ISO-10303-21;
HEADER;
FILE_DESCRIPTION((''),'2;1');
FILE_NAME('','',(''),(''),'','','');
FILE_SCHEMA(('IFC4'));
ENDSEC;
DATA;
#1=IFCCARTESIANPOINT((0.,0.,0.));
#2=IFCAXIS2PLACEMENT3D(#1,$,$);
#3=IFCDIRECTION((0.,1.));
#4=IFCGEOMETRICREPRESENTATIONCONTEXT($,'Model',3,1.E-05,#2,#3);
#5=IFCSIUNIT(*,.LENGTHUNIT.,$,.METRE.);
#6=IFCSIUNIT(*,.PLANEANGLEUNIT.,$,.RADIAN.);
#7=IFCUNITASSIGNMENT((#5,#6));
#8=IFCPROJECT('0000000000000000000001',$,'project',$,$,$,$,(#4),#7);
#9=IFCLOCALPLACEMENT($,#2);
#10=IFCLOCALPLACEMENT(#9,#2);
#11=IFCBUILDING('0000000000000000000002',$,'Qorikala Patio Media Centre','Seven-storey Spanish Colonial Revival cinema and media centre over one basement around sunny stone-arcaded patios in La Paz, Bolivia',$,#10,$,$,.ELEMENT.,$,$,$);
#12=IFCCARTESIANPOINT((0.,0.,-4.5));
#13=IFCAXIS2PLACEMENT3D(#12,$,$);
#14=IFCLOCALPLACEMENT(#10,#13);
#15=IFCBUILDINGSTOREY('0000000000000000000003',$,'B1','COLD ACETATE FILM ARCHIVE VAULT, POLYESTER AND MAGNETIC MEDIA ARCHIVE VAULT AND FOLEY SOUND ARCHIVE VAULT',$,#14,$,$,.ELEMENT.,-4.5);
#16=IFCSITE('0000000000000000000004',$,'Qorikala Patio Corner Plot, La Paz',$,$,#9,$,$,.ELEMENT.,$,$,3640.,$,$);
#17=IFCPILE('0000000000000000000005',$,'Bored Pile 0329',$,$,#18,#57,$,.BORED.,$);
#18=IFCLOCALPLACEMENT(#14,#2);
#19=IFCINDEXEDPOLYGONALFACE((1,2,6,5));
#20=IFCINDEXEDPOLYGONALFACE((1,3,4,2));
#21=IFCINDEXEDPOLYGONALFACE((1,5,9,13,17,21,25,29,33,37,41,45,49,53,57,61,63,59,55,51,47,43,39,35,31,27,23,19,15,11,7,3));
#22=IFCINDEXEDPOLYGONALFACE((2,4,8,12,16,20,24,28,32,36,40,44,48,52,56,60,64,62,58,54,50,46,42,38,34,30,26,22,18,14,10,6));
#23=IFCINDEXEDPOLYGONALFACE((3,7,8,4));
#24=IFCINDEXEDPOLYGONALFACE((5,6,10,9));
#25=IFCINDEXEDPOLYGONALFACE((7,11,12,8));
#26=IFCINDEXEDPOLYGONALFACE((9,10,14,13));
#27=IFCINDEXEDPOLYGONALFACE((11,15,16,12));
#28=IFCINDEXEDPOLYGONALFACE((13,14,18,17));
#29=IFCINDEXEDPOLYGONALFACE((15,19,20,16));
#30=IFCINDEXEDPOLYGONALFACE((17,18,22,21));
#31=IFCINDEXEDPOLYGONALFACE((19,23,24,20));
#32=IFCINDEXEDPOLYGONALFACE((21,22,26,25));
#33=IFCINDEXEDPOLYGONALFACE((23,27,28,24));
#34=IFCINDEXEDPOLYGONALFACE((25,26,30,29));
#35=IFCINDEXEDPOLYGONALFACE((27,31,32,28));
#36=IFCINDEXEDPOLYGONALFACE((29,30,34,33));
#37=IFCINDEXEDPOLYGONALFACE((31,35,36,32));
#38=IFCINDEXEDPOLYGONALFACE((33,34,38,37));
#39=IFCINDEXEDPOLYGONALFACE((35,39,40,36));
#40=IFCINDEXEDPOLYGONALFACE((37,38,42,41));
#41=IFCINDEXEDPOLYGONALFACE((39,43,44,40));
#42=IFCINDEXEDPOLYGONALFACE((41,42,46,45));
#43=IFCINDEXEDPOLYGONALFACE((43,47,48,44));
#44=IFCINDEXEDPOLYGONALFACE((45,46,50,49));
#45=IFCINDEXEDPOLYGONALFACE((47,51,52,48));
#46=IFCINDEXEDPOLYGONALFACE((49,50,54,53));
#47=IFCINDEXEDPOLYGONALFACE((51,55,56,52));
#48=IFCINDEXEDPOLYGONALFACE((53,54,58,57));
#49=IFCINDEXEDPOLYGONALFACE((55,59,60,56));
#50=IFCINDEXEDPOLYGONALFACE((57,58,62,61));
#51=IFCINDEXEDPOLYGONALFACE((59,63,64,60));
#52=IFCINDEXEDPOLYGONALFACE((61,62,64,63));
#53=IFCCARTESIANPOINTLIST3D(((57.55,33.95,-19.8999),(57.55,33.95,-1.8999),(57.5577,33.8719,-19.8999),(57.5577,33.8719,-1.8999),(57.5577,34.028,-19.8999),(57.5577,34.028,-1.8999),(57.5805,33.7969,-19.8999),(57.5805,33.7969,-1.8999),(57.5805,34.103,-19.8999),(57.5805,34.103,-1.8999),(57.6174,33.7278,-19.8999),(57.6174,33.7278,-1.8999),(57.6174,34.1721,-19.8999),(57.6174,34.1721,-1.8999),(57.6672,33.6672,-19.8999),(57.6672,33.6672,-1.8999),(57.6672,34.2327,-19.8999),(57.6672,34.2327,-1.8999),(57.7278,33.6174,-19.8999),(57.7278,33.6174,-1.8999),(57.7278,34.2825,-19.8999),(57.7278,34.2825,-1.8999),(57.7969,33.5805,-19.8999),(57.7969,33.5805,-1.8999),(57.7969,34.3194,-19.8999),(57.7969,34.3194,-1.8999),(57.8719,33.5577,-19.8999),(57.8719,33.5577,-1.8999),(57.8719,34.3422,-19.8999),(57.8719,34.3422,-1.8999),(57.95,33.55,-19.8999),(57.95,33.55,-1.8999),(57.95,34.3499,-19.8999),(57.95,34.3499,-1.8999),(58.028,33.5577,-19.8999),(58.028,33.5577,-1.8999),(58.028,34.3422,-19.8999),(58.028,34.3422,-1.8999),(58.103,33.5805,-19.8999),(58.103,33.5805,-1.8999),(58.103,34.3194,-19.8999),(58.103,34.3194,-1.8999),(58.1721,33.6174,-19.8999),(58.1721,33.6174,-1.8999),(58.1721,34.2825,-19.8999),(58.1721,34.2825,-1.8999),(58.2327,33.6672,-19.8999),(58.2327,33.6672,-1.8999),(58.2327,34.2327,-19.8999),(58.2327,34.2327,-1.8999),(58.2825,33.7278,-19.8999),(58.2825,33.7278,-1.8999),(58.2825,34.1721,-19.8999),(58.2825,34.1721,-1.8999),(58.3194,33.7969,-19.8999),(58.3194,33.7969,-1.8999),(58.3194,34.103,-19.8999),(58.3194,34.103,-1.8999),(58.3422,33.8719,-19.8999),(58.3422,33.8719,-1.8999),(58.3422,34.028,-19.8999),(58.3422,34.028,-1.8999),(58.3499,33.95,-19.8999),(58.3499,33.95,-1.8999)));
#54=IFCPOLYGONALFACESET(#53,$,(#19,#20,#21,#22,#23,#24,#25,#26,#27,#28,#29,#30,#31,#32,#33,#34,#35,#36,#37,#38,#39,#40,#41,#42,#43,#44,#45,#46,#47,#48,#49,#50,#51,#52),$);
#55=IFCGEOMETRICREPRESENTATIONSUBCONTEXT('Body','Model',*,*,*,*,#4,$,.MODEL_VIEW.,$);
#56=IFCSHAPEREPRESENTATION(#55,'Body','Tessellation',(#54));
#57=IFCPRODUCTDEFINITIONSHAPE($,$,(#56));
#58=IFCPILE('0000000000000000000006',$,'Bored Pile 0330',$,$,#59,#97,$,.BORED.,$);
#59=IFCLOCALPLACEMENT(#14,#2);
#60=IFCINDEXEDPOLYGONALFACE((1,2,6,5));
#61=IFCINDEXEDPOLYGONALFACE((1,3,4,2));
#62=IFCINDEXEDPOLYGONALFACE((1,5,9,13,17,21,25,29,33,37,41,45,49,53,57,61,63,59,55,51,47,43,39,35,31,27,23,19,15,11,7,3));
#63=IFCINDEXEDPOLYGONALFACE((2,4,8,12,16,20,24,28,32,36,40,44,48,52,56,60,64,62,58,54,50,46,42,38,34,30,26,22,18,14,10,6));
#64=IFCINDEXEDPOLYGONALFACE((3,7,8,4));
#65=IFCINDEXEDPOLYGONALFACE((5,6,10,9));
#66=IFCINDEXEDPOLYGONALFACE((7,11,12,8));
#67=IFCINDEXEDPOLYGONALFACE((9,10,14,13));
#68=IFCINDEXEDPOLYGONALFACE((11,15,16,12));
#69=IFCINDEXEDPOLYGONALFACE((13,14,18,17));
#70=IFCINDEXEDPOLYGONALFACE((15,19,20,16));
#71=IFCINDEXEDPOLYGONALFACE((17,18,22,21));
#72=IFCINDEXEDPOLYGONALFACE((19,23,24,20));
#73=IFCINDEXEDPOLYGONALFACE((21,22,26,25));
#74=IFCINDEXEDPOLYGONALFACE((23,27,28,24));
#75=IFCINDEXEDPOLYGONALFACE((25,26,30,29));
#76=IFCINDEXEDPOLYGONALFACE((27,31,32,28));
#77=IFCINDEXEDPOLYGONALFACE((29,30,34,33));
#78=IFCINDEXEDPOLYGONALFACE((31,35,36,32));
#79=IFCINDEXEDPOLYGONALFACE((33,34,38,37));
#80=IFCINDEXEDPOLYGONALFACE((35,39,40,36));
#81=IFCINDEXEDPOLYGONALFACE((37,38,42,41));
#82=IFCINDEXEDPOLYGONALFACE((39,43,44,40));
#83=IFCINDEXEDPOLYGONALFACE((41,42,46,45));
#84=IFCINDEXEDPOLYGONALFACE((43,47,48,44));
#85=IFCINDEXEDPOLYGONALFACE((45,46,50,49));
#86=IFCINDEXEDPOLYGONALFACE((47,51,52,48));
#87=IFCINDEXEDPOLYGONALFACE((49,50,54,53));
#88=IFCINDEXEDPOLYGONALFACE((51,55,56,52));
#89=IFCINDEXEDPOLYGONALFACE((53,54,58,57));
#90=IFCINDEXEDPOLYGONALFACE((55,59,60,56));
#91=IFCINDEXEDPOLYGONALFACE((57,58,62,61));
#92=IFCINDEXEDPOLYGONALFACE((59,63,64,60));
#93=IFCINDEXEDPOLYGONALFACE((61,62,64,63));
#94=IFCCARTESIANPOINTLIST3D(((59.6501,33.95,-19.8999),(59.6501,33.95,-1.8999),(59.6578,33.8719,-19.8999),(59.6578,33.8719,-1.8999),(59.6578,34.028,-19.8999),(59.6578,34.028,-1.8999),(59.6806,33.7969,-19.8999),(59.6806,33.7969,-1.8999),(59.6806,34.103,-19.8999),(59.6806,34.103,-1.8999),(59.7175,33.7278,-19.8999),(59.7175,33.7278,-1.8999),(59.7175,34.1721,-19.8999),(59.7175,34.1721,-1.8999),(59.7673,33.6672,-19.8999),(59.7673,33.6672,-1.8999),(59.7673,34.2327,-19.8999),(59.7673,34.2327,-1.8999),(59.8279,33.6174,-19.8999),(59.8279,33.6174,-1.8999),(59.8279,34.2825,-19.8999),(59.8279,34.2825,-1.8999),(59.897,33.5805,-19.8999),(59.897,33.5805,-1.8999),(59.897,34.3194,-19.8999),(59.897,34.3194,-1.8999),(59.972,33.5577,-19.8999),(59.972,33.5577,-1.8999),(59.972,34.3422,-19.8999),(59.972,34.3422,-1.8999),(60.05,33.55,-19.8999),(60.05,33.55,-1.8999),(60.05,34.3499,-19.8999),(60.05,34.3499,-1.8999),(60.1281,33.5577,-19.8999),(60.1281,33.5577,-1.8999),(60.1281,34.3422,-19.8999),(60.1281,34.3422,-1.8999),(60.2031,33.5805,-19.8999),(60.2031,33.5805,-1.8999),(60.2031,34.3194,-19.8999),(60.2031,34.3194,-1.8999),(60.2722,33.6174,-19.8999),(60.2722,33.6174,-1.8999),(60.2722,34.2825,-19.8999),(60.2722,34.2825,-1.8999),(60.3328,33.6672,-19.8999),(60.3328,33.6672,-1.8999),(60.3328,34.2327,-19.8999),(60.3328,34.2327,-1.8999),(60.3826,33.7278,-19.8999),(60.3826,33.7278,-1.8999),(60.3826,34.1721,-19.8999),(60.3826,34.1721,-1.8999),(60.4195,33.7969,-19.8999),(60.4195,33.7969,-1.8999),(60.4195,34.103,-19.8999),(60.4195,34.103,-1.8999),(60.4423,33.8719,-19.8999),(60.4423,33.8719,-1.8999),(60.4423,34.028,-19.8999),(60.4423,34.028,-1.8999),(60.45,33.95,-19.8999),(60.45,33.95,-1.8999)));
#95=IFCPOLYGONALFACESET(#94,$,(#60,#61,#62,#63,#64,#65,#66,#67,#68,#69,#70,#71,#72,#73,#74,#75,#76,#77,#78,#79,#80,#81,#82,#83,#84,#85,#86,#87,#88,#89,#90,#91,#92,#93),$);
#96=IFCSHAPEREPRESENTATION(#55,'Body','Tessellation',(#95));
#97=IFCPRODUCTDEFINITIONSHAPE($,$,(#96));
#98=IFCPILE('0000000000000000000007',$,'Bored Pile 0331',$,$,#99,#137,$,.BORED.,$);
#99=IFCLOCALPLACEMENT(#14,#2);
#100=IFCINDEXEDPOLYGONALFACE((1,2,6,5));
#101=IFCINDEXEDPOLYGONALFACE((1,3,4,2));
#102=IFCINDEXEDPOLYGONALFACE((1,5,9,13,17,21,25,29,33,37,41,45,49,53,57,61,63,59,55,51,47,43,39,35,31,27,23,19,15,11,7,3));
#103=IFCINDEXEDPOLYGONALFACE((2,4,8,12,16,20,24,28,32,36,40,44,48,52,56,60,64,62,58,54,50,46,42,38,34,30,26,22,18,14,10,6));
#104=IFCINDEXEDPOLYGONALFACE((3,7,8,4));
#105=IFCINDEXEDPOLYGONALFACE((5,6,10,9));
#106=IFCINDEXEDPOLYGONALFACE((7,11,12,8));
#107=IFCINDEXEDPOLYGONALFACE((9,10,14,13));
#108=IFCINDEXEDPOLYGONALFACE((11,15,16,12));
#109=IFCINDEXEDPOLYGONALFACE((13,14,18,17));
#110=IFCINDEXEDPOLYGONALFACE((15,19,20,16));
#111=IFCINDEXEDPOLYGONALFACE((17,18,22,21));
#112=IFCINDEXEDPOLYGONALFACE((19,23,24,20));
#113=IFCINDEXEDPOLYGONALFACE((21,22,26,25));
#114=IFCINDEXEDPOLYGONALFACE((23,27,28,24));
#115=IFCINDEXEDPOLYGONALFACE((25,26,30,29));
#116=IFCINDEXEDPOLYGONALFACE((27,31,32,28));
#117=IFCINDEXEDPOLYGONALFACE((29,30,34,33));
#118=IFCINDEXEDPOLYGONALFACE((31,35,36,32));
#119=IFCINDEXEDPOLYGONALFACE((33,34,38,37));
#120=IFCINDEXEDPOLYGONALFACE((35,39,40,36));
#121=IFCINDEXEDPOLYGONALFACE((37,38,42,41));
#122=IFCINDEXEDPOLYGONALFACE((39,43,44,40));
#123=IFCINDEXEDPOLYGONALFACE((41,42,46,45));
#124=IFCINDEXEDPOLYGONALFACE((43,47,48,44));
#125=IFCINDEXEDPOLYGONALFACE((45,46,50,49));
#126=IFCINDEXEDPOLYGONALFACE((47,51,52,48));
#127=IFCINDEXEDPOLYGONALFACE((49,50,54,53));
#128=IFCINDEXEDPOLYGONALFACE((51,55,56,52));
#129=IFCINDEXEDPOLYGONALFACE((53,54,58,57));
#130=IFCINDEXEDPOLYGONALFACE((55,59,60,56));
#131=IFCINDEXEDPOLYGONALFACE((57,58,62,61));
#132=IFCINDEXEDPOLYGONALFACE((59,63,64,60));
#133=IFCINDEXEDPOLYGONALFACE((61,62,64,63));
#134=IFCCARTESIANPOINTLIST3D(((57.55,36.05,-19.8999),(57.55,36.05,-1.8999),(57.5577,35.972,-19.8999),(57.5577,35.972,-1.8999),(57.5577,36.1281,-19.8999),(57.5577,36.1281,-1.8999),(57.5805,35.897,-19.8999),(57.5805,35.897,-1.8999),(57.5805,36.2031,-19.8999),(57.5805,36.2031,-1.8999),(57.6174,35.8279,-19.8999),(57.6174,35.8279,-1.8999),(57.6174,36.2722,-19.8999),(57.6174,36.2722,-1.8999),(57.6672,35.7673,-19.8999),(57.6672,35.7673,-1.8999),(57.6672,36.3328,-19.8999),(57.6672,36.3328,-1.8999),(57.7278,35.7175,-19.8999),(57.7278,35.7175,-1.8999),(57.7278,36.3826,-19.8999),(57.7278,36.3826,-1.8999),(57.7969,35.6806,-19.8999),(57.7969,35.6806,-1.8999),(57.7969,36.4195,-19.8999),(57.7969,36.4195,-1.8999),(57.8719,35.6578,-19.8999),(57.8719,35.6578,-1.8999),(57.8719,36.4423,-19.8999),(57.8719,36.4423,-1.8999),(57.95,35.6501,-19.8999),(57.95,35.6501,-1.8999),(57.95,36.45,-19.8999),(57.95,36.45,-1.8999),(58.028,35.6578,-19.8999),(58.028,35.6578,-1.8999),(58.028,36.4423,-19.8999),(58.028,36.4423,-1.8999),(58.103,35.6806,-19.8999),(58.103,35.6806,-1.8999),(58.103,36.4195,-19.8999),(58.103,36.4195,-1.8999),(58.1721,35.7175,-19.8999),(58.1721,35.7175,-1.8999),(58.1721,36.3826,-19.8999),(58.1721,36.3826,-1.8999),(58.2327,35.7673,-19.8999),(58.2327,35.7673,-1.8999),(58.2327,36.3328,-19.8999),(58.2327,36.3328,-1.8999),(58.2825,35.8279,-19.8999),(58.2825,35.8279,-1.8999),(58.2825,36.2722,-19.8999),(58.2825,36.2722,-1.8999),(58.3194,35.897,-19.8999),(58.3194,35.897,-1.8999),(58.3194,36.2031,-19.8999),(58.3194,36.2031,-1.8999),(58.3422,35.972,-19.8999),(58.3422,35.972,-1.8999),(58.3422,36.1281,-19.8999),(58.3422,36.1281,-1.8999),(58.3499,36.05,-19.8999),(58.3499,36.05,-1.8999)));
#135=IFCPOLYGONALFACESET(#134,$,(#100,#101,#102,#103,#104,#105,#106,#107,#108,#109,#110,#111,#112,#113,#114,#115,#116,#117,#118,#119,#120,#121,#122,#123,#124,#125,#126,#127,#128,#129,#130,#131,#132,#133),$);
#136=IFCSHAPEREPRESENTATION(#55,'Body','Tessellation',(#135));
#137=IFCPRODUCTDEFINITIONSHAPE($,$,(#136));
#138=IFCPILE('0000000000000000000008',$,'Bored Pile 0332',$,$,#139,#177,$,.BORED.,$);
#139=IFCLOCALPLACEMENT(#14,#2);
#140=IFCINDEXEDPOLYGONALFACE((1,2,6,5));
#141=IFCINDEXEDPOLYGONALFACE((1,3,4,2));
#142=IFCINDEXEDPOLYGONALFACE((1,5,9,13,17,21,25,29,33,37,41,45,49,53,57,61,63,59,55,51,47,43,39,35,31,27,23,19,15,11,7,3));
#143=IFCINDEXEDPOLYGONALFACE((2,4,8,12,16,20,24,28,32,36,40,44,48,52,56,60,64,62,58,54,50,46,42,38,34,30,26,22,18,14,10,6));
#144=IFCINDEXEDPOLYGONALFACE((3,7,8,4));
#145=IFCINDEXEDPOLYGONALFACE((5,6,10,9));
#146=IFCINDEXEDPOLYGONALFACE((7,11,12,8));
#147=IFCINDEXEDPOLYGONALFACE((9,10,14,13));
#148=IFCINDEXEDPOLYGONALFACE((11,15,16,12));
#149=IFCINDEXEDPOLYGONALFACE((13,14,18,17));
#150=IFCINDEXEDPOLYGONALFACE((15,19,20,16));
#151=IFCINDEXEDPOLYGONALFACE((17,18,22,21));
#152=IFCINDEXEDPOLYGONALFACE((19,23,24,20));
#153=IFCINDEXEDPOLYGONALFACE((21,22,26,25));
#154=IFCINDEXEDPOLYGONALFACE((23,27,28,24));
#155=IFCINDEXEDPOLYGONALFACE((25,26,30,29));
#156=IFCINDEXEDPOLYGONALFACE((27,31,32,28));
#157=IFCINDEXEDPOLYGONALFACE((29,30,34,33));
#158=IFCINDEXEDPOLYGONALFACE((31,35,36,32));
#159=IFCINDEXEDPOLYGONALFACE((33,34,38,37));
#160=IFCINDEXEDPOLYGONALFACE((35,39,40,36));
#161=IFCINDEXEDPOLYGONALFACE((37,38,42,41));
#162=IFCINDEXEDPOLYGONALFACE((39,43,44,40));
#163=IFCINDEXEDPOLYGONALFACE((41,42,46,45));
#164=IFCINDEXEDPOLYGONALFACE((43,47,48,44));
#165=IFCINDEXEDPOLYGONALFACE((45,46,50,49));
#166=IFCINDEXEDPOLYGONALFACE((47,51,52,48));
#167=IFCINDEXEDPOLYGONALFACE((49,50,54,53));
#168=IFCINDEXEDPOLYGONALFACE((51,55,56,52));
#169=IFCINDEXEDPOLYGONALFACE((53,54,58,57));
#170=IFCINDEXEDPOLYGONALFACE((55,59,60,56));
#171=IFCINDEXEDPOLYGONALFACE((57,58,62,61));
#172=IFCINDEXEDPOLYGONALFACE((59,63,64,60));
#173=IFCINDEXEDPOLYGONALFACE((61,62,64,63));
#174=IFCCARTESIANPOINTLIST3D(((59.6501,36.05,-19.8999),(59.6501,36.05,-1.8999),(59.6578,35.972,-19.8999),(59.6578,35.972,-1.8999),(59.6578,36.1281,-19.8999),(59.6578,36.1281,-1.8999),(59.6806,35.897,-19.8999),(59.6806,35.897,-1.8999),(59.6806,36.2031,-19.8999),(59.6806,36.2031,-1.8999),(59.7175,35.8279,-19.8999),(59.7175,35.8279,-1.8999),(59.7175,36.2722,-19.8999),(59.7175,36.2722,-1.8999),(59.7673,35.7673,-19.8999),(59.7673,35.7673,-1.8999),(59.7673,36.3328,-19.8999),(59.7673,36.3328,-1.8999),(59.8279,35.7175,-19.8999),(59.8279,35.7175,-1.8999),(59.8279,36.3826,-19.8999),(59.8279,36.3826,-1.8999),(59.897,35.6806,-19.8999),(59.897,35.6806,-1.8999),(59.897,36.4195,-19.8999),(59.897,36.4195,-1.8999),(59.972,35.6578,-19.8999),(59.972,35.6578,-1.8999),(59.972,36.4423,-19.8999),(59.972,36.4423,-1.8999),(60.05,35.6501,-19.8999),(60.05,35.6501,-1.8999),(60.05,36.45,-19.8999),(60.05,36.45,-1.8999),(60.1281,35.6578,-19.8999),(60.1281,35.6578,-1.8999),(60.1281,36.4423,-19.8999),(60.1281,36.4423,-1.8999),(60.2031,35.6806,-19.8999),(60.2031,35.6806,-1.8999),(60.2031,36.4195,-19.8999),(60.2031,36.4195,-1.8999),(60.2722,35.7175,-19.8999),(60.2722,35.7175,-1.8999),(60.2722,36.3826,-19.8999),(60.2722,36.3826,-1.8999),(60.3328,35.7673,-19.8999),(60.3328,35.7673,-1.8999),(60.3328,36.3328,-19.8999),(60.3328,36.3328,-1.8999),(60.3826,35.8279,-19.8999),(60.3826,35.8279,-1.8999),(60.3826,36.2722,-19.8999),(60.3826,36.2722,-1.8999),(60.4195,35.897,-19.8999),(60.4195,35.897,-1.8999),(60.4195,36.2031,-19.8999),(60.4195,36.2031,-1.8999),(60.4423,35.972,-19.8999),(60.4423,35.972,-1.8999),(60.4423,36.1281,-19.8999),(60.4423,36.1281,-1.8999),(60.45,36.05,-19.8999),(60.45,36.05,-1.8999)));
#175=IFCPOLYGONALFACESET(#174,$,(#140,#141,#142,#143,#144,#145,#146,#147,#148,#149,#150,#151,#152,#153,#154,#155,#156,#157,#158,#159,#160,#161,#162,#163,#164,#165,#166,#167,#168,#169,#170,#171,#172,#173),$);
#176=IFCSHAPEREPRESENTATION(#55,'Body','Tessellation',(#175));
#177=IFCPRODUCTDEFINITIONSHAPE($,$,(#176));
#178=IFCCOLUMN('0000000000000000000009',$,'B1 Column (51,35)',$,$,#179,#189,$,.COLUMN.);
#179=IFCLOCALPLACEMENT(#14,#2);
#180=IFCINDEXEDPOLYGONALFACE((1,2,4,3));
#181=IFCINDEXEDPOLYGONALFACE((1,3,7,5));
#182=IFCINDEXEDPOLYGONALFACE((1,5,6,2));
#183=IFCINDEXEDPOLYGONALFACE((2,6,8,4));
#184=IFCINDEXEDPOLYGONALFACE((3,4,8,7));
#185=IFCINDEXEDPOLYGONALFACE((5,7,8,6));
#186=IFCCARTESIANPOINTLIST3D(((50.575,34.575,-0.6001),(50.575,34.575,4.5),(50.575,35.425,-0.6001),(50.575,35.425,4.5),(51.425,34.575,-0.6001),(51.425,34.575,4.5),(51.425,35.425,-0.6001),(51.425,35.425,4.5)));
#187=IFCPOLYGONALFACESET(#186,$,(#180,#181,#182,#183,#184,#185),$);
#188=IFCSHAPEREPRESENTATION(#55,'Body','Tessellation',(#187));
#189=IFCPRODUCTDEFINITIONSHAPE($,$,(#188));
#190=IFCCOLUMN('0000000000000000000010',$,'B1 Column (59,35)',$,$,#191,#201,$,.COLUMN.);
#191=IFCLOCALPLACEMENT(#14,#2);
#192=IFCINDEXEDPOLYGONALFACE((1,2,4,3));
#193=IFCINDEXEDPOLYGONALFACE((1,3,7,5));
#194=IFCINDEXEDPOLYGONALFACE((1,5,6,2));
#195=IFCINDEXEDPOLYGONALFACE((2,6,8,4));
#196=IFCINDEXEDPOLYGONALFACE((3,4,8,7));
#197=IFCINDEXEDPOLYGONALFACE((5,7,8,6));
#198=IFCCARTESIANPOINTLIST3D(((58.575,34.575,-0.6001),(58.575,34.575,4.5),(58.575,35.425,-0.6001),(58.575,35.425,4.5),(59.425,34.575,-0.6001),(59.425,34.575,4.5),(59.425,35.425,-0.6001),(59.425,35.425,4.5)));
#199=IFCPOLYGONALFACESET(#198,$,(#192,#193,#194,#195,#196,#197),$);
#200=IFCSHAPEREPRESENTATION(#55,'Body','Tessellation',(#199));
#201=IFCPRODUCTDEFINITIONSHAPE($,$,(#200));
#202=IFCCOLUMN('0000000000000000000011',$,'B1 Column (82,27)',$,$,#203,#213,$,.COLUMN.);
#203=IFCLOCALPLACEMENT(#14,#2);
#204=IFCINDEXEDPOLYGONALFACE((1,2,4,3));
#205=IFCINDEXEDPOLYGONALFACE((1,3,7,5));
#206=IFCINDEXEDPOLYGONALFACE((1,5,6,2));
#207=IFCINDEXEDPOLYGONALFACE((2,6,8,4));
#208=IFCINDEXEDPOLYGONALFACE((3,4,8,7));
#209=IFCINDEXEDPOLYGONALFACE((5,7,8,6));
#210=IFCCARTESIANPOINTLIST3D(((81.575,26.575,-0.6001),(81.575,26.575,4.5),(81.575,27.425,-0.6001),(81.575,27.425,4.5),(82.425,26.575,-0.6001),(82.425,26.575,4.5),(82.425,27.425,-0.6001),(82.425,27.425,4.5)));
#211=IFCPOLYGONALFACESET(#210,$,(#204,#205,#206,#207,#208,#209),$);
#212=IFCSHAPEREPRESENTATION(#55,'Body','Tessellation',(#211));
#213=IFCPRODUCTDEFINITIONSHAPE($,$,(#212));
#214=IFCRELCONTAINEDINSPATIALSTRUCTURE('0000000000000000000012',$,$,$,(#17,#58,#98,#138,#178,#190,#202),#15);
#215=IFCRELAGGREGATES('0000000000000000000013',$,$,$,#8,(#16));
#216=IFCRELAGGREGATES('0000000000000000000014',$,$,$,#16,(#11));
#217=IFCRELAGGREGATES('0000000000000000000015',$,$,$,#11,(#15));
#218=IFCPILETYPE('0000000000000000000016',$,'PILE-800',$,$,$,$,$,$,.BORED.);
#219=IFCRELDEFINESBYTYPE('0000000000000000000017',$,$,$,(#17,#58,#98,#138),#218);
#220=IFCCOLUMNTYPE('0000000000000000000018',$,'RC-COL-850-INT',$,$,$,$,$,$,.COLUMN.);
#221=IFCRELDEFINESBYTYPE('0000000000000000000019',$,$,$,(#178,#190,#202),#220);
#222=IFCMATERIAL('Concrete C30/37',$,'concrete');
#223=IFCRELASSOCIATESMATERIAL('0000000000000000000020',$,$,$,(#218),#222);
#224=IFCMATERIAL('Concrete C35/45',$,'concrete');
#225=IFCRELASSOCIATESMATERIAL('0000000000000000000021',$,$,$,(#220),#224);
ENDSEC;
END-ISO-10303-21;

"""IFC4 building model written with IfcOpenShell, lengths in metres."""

from ifc_helpers import new_model, si_unit, direction, frame, origin, origin_2d, place, context, subcontext, project, spatial, rectangle, circle, extrude, material, material_profile, profile_set, type_object, element, save


model = new_model("IFC4")

# Units and contexts
model_context = context("Model", 3, precision=1e-05, world=origin(), true_north=direction((0.0, 1.0)))
body_context = subcontext(model_context, "Body", "Model", "MODEL_VIEW")
ifc_project = project(units=[si_unit("LENGTHUNIT", "METRE"), si_unit("PLANEANGLEUNIT", "RADIAN")], contexts=[model_context])

# Site, building, storey
site_placement = place(None, origin())
site = spatial("IfcSite", under=ifc_project, at=site_placement, Name="Qorikala Patio Corner Plot, La Paz", CompositionType="ELEMENT", RefElevation=3640.0)
building_placement = place(site_placement, origin())
building = spatial("IfcBuilding", under=site, at=building_placement, Name="Qorikala Patio Media Centre", Description="Seven-storey Spanish Colonial Revival cinema and media centre over one basement around sunny stone-arcaded patios in La Paz, Bolivia", CompositionType="ELEMENT")
storey_placement = place(building_placement, frame((0.0, 0.0, -4.5)))
storey = spatial("IfcBuildingStorey", under=building, at=storey_placement, Name="B1", Description="COLD ACETATE FILM ARCHIVE VAULT, POLYESTER AND MAGNETIC MEDIA ARCHIVE VAULT AND FOLEY SOUND ARCHIVE VAULT", CompositionType="ELEMENT", Elevation=-4.5)

# Shared definitions
ifc_material_1 = material(Name="Concrete C30/37", Category="concrete")

# Piles
ifc_material_profile_1 = material_profile(ifc_material_1, circle(Radius=0.3999, at=origin_2d()), Name="BORED PILE 800")
ifc_profile_set_1 = profile_set([ifc_material_profile_1], Name="Concrete C30/37")
pile_type_1 = type_object("IfcPileType", Name="PILE-800", PredefinedType="BORED", material=ifc_profile_set_1)
for number, where, z_axis, x_axis, name in (
    (1, (57.95, 33.95, -1.8999), (0.0, 0.0, -1.0), (1.0, 0.0, 0.0), "Bored Pile 0329"),
    (2, (60.05, 33.95, -1.8999), (0.0, 0.0, -1.0), (1.0, 0.0, 0.0), "Bored Pile 0330"),
    (3, (57.95, 36.05, -1.8999), (0.0, 0.0, -1.0), (1.0, 0.0, 0.0), "Bored Pile 0331"),
    (4, (60.05, 36.05, -1.8999), (0.0, 0.0, -1.0), (1.0, 0.0, 0.0), "Bored Pile 0332"),
):
    element("IfcPile", number, at=place(storey_placement, frame(where, z_axis=z_axis, x_axis=x_axis)), inside=storey, type_object=pile_type_1, Name=name, PredefinedType="BORED", context=body_context, shape_type="SweptSolid", body=[
        extrude(circle(Radius=0.3999, at=origin_2d()), origin(), (0.0, 0.0, 1.0), 18.0),
    ])

# Columns
ifc_material_2 = material(Name="Concrete C35/45", Category="concrete")
ifc_material_profile_2 = material_profile(ifc_material_2, rectangle(XDim=0.8501, YDim=0.8501, at=origin_2d()), Name="RC 850x850")
ifc_profile_set_2 = profile_set([ifc_material_profile_2], Name="Concrete C35/45")
column_type = type_object("IfcColumnType", Name="RC-COL-850-INT", PredefinedType="COLUMN", material=ifc_profile_set_2)
for number, where, z_axis, x_axis, name in (
    (5, (51.0, 35.0, -0.6001), (0.0, 0.0, 1.0), (1.0, 0.0, 0.0), "B1 Column (51,35)"),
    (6, (59.0, 35.0, -0.6001), (0.0, 0.0, 1.0), (1.0, 0.0, 0.0), "B1 Column (59,35)"),
    (7, (82.0, 27.0, -0.6001), (0.0, 0.0, 1.0), (1.0, 0.0, 0.0), "B1 Column (82,27)"),
):
    element("IfcColumn", number, at=place(storey_placement, frame(where, z_axis=z_axis, x_axis=x_axis)), inside=storey, type_object=column_type, Name=name, PredefinedType="COLUMN", context=body_context, shape_type="SweptSolid", body=[
        extrude(rectangle(XDim=0.8501, YDim=0.8501, at=origin_2d()), origin(), (0.0, 0.0, 1.0), 5.1001),
    ])

save(model, "model.ifc")
